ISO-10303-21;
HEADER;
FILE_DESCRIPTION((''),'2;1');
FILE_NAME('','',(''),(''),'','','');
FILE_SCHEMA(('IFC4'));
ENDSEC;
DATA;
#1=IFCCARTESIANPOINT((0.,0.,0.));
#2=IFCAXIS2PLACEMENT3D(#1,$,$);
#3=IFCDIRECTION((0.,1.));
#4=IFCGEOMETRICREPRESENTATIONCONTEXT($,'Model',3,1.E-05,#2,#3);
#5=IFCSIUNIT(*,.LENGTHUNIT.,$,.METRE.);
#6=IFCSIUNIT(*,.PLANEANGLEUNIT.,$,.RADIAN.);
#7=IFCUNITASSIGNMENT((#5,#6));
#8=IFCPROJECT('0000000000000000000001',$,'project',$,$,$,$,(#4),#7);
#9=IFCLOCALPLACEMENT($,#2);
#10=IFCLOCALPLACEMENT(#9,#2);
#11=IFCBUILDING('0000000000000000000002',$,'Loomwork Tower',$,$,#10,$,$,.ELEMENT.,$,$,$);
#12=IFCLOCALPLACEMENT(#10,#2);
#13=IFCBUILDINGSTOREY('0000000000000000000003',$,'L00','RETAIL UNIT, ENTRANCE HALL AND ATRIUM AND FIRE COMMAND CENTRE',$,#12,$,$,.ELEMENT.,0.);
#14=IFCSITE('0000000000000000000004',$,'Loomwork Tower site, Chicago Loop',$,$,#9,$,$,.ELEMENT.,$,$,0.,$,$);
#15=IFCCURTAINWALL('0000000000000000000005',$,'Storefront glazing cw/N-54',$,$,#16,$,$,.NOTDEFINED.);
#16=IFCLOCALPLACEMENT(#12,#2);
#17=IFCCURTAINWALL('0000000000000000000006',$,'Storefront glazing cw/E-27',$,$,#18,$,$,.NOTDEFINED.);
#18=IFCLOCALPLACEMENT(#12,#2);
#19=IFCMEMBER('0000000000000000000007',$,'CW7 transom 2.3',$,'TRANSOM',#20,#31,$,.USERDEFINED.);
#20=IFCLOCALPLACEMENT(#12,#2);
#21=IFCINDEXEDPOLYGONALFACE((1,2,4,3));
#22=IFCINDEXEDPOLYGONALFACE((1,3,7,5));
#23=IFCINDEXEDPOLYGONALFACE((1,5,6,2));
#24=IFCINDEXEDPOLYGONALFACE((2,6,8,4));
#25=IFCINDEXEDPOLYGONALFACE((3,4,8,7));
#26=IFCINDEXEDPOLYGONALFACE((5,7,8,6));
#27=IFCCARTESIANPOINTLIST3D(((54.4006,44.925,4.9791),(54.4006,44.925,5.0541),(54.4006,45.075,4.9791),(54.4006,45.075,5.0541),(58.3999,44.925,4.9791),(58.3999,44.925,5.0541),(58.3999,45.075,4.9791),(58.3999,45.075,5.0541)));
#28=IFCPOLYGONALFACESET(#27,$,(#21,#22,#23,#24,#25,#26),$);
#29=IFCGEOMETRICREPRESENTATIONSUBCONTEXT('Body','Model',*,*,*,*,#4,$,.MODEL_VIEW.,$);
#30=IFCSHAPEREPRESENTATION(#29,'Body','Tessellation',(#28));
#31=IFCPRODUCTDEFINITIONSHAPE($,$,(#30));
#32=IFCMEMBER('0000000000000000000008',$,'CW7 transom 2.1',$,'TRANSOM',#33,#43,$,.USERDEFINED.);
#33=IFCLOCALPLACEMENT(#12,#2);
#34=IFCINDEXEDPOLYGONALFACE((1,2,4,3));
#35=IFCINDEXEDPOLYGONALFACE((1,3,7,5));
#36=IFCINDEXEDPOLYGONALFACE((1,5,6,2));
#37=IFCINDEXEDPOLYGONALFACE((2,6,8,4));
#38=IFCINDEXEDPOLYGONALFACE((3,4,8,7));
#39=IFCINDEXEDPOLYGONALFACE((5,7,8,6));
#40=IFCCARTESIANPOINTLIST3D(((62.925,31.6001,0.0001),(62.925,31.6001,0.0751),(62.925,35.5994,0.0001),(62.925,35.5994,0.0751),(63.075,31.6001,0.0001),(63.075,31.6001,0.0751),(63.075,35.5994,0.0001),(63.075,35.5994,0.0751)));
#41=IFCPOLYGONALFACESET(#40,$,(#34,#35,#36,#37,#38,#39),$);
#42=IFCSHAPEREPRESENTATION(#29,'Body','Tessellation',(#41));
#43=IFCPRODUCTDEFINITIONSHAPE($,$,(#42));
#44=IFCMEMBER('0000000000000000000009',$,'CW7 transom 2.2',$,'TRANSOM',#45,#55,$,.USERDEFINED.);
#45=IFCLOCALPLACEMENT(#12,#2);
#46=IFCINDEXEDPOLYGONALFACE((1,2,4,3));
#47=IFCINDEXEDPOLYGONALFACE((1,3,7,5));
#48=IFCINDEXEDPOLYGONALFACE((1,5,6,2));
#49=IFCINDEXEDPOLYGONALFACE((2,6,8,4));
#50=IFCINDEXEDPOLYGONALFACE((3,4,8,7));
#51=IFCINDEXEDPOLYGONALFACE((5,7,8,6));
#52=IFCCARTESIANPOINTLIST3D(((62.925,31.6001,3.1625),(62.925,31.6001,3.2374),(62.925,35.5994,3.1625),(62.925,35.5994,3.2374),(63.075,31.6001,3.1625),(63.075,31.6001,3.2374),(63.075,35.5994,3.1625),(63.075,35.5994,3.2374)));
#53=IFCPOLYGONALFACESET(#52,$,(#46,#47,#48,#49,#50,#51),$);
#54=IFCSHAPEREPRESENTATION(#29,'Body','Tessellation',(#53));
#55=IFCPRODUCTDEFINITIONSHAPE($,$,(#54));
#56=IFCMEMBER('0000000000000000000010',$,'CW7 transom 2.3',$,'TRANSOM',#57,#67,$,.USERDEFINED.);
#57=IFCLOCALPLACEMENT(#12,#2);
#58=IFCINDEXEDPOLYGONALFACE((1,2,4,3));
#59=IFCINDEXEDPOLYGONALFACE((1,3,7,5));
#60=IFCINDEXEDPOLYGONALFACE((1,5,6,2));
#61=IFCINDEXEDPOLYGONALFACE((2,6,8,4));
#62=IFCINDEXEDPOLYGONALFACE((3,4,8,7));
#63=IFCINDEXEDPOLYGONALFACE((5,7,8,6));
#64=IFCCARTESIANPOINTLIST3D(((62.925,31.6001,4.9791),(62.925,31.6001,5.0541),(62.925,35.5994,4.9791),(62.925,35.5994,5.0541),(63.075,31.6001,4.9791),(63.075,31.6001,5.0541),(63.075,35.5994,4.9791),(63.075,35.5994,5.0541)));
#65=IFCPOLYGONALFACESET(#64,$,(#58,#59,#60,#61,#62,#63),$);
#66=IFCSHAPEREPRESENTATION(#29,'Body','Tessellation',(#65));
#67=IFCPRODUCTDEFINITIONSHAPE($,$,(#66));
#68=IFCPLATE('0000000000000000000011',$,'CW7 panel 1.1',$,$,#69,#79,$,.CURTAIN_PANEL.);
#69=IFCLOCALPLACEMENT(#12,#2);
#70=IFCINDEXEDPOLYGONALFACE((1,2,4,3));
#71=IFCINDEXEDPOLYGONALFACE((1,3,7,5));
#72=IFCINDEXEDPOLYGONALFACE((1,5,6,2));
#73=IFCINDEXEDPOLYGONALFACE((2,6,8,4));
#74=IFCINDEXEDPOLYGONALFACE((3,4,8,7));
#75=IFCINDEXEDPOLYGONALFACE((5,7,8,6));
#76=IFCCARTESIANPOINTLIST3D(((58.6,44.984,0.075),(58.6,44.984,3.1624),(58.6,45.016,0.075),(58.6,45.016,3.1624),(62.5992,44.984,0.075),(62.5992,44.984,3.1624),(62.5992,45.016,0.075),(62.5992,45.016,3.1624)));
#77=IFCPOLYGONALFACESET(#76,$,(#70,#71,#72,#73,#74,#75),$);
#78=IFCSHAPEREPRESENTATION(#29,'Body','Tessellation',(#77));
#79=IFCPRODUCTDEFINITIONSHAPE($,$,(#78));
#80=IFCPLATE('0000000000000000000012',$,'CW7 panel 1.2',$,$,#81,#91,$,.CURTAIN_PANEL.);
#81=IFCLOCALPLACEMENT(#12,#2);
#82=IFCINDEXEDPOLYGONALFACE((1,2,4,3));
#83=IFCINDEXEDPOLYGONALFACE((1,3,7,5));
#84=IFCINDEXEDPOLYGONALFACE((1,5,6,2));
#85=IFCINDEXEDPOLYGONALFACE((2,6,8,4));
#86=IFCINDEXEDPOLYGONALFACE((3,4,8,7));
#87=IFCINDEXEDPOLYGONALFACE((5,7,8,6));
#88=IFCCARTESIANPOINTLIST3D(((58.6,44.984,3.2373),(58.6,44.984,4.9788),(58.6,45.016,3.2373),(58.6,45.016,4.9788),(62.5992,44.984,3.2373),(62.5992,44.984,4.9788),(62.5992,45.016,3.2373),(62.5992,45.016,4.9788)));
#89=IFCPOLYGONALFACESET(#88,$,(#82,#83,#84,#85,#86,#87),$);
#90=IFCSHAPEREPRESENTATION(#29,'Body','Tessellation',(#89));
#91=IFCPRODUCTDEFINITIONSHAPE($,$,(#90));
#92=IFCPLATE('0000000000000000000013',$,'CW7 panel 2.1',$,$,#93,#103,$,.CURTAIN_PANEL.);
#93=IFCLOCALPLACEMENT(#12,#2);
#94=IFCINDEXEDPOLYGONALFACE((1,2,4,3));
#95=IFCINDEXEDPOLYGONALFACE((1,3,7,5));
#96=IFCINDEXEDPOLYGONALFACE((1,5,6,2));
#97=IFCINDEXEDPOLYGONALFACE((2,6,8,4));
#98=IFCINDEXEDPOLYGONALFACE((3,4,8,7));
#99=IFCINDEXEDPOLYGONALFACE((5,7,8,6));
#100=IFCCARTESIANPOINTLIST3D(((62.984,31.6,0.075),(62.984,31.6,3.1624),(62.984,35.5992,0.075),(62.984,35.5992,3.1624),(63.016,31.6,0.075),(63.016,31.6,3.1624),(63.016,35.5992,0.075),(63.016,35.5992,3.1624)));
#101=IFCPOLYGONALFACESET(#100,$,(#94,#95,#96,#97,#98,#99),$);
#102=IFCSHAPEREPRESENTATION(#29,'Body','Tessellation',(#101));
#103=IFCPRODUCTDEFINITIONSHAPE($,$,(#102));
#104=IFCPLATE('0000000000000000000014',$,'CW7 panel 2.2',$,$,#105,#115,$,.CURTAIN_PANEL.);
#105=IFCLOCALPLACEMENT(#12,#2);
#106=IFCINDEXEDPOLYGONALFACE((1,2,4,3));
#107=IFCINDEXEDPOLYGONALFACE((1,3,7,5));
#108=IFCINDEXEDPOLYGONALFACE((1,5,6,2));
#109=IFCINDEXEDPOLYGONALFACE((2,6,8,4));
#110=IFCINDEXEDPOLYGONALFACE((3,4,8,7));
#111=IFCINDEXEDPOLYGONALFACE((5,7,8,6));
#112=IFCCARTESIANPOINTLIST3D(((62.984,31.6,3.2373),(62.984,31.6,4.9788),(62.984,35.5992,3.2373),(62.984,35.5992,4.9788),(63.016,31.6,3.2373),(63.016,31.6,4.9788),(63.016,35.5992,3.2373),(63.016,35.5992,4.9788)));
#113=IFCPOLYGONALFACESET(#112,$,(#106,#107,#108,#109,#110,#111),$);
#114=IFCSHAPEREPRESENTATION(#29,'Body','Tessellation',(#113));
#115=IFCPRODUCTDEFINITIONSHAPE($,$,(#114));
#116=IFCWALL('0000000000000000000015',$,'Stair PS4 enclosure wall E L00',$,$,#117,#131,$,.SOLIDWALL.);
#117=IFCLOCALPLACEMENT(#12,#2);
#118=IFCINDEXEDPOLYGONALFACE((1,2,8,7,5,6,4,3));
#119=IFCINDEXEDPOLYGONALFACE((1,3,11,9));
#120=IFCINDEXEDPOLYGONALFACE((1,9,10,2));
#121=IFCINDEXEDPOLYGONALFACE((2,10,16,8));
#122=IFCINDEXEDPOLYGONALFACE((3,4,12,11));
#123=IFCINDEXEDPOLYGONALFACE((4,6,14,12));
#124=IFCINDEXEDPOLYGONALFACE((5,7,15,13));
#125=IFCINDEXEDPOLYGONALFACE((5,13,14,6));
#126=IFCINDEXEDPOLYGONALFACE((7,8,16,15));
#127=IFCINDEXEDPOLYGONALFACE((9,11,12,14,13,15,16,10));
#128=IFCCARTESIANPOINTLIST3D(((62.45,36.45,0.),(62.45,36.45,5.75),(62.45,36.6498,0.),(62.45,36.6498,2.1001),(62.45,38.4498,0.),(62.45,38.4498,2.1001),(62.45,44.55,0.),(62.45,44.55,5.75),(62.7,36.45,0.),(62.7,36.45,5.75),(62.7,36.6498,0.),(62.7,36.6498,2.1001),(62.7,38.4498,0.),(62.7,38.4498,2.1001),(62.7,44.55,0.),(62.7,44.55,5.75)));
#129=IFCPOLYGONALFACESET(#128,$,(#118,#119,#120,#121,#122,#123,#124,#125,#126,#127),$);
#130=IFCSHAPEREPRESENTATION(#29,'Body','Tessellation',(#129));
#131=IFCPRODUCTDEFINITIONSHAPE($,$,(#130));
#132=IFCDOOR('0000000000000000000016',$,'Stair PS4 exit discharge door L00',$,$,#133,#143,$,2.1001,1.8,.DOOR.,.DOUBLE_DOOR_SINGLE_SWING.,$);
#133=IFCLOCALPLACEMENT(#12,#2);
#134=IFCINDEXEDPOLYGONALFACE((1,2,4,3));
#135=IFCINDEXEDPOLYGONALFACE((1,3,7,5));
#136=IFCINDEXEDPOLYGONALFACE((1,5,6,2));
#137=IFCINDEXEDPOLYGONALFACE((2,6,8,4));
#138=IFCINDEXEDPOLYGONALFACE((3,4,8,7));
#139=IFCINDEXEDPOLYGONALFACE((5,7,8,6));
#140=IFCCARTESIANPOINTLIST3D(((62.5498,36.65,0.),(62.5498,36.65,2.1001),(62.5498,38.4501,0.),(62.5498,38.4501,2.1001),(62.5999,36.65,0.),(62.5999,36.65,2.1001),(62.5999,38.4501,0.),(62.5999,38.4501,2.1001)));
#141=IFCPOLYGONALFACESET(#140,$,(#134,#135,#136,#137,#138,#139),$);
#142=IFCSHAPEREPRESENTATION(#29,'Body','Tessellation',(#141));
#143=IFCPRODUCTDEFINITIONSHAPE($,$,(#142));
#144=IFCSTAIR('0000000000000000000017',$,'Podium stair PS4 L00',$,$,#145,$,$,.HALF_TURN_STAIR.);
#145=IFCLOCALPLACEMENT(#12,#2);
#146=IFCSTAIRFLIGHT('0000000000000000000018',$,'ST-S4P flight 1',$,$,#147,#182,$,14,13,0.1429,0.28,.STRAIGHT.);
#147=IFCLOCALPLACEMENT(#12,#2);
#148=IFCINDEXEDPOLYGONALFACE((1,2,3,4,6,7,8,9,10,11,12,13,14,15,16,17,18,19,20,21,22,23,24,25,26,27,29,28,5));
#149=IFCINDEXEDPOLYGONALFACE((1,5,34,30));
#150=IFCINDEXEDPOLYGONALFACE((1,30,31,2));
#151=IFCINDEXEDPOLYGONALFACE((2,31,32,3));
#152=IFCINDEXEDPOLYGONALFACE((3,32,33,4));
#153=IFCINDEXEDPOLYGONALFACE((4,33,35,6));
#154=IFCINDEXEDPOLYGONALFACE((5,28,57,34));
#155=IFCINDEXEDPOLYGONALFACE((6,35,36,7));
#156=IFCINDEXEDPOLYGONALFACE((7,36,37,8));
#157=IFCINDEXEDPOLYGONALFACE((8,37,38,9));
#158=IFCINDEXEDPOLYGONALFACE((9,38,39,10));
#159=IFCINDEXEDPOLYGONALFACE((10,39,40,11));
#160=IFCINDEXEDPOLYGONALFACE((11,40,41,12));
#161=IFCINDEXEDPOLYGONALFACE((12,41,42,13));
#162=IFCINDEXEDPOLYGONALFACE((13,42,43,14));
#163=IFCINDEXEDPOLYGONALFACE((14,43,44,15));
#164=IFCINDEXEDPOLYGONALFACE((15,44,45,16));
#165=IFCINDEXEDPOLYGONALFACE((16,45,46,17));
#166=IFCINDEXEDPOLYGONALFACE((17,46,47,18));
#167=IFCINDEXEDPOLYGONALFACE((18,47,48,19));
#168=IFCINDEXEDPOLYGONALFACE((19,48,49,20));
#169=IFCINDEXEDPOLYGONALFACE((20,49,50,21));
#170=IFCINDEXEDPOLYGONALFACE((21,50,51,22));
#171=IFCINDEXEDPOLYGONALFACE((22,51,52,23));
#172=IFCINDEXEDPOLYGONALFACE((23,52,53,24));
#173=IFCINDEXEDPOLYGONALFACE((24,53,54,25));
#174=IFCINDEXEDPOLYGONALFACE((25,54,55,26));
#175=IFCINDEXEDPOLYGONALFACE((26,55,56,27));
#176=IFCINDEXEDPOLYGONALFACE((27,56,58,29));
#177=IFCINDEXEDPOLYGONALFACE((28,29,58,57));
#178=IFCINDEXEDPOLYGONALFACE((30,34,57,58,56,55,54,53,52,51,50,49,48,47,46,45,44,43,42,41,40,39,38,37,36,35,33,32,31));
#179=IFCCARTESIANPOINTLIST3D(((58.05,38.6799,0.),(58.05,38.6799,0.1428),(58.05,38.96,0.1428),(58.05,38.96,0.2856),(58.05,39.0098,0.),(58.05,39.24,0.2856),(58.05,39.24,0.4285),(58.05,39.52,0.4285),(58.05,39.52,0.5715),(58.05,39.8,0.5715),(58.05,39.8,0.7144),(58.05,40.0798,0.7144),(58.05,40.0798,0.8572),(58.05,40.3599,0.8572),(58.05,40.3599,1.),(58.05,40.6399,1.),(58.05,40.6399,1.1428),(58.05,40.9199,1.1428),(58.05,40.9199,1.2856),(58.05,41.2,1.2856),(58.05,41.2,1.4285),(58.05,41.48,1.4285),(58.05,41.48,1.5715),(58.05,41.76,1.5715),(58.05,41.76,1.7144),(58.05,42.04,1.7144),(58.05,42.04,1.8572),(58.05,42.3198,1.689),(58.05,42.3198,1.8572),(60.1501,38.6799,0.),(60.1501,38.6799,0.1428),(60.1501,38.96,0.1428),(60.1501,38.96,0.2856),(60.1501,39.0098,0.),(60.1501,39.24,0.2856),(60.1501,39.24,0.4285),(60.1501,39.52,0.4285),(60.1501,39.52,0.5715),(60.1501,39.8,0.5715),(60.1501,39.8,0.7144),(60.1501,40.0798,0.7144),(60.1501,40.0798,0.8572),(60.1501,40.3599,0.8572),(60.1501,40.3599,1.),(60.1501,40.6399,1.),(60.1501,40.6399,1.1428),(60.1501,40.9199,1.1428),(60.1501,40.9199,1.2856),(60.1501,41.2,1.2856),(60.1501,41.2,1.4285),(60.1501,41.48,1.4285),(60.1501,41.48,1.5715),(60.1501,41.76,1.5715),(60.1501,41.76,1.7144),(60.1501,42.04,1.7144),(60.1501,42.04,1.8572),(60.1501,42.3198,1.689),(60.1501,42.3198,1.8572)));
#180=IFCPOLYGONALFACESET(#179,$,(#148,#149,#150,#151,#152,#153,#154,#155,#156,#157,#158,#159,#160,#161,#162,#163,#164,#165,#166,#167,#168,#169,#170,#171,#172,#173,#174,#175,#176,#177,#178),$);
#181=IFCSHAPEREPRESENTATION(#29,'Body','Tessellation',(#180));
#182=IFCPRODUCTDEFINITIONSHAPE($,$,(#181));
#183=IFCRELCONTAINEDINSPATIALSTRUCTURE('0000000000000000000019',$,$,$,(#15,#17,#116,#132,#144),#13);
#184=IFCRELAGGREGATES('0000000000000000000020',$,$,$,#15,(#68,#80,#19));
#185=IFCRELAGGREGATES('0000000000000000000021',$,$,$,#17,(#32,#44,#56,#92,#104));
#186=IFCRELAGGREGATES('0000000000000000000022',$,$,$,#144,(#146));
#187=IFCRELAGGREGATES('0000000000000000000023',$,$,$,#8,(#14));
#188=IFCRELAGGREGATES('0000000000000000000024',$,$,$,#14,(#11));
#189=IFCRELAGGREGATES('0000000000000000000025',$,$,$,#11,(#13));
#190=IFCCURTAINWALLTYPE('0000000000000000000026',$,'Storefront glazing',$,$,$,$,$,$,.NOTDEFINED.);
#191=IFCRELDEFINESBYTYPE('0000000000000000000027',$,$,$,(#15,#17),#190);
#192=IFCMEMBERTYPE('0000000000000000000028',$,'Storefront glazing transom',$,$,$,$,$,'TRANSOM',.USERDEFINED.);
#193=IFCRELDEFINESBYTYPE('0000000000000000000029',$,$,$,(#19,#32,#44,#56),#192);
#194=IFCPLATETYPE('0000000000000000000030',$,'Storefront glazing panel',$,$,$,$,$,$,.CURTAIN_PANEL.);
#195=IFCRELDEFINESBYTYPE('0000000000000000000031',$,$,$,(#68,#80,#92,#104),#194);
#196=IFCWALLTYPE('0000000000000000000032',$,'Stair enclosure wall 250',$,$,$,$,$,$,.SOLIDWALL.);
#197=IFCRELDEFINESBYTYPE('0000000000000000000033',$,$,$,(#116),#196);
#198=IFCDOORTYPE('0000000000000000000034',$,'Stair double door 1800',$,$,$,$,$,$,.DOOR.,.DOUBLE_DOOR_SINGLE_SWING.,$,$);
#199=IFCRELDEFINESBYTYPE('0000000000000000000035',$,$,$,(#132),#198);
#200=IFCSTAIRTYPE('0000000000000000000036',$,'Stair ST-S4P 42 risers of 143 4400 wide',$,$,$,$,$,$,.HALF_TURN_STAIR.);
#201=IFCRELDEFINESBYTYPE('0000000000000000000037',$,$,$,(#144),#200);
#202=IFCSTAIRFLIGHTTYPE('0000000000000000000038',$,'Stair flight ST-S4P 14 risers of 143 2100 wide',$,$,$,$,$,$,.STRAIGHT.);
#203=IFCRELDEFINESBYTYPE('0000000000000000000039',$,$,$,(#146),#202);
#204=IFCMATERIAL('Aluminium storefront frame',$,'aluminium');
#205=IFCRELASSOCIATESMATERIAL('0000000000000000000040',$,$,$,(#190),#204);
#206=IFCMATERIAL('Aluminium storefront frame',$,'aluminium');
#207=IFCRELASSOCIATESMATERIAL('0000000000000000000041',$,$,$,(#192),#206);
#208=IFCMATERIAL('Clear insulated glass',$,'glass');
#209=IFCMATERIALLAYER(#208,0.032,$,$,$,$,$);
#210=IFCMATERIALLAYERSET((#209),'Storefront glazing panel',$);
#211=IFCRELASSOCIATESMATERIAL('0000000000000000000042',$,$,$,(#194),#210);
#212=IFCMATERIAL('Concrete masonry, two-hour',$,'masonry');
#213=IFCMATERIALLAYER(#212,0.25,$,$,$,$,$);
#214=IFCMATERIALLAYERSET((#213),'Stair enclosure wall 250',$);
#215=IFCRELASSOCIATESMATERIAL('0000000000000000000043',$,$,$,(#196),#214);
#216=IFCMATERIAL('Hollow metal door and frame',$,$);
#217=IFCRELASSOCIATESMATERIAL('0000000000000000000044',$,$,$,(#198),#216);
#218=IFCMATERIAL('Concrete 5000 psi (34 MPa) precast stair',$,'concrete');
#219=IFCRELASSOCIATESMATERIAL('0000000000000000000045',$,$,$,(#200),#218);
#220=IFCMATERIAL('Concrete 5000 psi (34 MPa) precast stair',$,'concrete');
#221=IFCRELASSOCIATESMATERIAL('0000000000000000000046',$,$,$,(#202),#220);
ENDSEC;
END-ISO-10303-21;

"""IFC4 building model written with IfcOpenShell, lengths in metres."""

from ifc_helpers import new_model, si_unit, direction, frame, frame_2d, origin, origin_2d, place, context, subcontext, project, spatial, polyline, rectangle, outline, extrude, material, layer, layer_set, material_profile, profile_set, type_object, element, fill, aggregate, save


model = new_model("IFC4")

# Units and contexts
model_context = context("Model", 3, precision=1e-05, world=origin(), true_north=direction((0.0, 1.0)))
body_context = subcontext(model_context, "Body", "Model", "MODEL_VIEW")
ifc_project = project(units=[si_unit("LENGTHUNIT", "METRE"), si_unit("PLANEANGLEUNIT", "RADIAN")], contexts=[model_context])

# Site, building, storey
site_placement = place(None, origin())
site = spatial("IfcSite", under=ifc_project, at=site_placement, Name="Loomwork Tower site, Chicago Loop", CompositionType="ELEMENT", RefElevation=0.0)
building_placement = place(site_placement, origin())
building = spatial("IfcBuilding", under=site, at=building_placement, Name="Loomwork Tower", CompositionType="ELEMENT")
storey_placement = place(building_placement, origin())
storey = spatial("IfcBuildingStorey", under=building, at=storey_placement, Name="L00", Description="RETAIL UNIT, ENTRANCE HALL AND ATRIUM AND FIRE COMMAND CENTRE", CompositionType="ELEMENT", Elevation=0.0)

# Curtain walls
ifc_material_1 = material(Name="Aluminium storefront frame", Category="aluminium")
curtain_wall_type = type_object("IfcCurtainWallType", Name="Storefront glazing", PredefinedType="NOTDEFINED", material=ifc_material_1)
curtain_wall_1_placement = place(storey_placement, origin())
curtain_wall_1 = element("IfcCurtainWall", 1, at=curtain_wall_1_placement, inside=storey, type_object=curtain_wall_type, Name="Storefront glazing cw/N-54", PredefinedType="NOTDEFINED")
curtain_wall_2_placement = place(storey_placement, origin())
curtain_wall_2 = element("IfcCurtainWall", 2, at=curtain_wall_2_placement, inside=storey, type_object=curtain_wall_type, Name="Storefront glazing cw/E-27", PredefinedType="NOTDEFINED")

# Members
ifc_material_2 = material(Name="Aluminium storefront frame", Category="aluminium")
ifc_material_profile_1 = material_profile(ifc_material_2, rectangle(XDim=0.1499, YDim=0.075, at=origin_2d()), Name="AL 75x150")
ifc_profile_set_1 = profile_set([ifc_material_profile_1], Name="Aluminium storefront frame")
member_type_1 = type_object("IfcMemberType", Name="Storefront glazing transom", ElementType="TRANSOM", PredefinedType="USERDEFINED", material=ifc_profile_set_1)
member_1_placement = place(storey_placement, frame((58.3999, 45.0, 5.0166), z_axis=(-1.0, 0.0, 0.0), x_axis=(0.0, -1.0, 0.0)))
member_1 = element("IfcMember", 3, at=member_1_placement, type_object=member_type_1, Name="CW7 transom 2.3", ObjectType="TRANSOM", PredefinedType="USERDEFINED", context=body_context, shape_type="SweptSolid", body=[
    extrude(rectangle(XDim=0.1499, YDim=0.075, at=origin_2d()), origin(), (0.0, 0.0, 1.0), 3.9993),
])
member_2_placement = place(storey_placement, frame((63.0, 31.6001, 0.0376), z_axis=(0.0, 1.0, 0.0), x_axis=(-1.0, 0.0, 0.0)))
member_2 = element("IfcMember", 4, at=member_2_placement, type_object=member_type_1, Name="CW7 transom 2.1", ObjectType="TRANSOM", PredefinedType="USERDEFINED", context=body_context, shape_type="SweptSolid", body=[
    extrude(rectangle(XDim=0.1499, YDim=0.075, at=origin_2d()), origin(), (0.0, 0.0, 1.0), 3.9993),
])
member_3_placement = place(storey_placement, frame((63.0, 31.6001, 3.2), z_axis=(0.0, 1.0, 0.0), x_axis=(-1.0, 0.0, 0.0)))
member_3 = element("IfcMember", 5, at=member_3_placement, type_object=member_type_1, Name="CW7 transom 2.2", ObjectType="TRANSOM", PredefinedType="USERDEFINED", context=body_context, shape_type="SweptSolid", body=[
    extrude(rectangle(XDim=0.1499, YDim=0.075, at=origin_2d()), origin(), (0.0, 0.0, 1.0), 3.9993),
])
member_4_placement = place(storey_placement, frame((63.0, 31.6001, 5.0166), z_axis=(0.0, 1.0, 0.0), x_axis=(-1.0, 0.0, 0.0)))
member_4 = element("IfcMember", 6, at=member_4_placement, type_object=member_type_1, Name="CW7 transom 2.3", ObjectType="TRANSOM", PredefinedType="USERDEFINED", context=body_context, shape_type="SweptSolid", body=[
    extrude(rectangle(XDim=0.1499, YDim=0.075, at=origin_2d()), origin(), (0.0, 0.0, 1.0), 3.9993),
])

# Plates
ifc_material_3 = material(Name="Clear insulated glass", Category="glass")
ifc_layer_1 = layer(ifc_material_3, 0.032)
ifc_layer_set_1 = layer_set([ifc_layer_1], Name="Storefront glazing panel")
plate_type = type_object("IfcPlateType", Name="Storefront glazing panel", PredefinedType="CURTAIN_PANEL", material=ifc_layer_set_1)
plate_1_placement = place(storey_placement, frame((60.5996, 45.0, 0.075), z_axis=(0.0, 0.0, 1.0), x_axis=(-1.0, 0.0, 0.0)))
plate_1 = element("IfcPlate", 7, at=plate_1_placement, type_object=plate_type, Name="CW7 panel 1.1", PredefinedType="CURTAIN_PANEL", context=body_context, shape_type="SweptSolid", body=[
    extrude(rectangle(XDim=3.9993, YDim=0.032, at=origin_2d()), origin(), (0.0, 0.0, 1.0), 3.0874),
])
plate_2_placement = place(storey_placement, frame((60.5996, 45.0, 3.2373), z_axis=(0.0, 0.0, 1.0), x_axis=(-1.0, 0.0, 0.0)))
plate_2 = element("IfcPlate", 8, at=plate_2_placement, type_object=plate_type, Name="CW7 panel 1.2", PredefinedType="CURTAIN_PANEL", context=body_context, shape_type="SweptSolid", body=[
    extrude(rectangle(XDim=3.9993, YDim=0.032, at=origin_2d()), origin(), (0.0, 0.0, 1.0), 1.7415),
])
aggregate(curtain_wall_1, [plate_1, plate_2, member_1])
plate_3_placement = place(storey_placement, frame((63.0, 33.5996, 0.075), z_axis=(0.0, 0.0, 1.0), x_axis=(0.0, 1.0, 0.0)))
plate_3 = element("IfcPlate", 9, at=plate_3_placement, type_object=plate_type, Name="CW7 panel 2.1", PredefinedType="CURTAIN_PANEL", context=body_context, shape_type="SweptSolid", body=[
    extrude(rectangle(XDim=3.9993, YDim=0.032, at=origin_2d()), origin(), (0.0, 0.0, 1.0), 3.0874),
])
plate_4_placement = place(storey_placement, frame((63.0, 33.5996, 3.2373), z_axis=(0.0, 0.0, 1.0), x_axis=(0.0, 1.0, 0.0)))
plate_4 = element("IfcPlate", 10, at=plate_4_placement, type_object=plate_type, Name="CW7 panel 2.2", PredefinedType="CURTAIN_PANEL", context=body_context, shape_type="SweptSolid", body=[
    extrude(rectangle(XDim=3.9993, YDim=0.032, at=origin_2d()), origin(), (0.0, 0.0, 1.0), 1.7415),
])
aggregate(curtain_wall_2, [member_2, member_3, member_4, plate_3, plate_4])

# Wall, opening, door
ifc_material_4 = material(Name="Concrete masonry, two-hour", Category="masonry")
ifc_layer_2 = layer(ifc_material_4, 0.25)
ifc_layer_set_2 = layer_set([ifc_layer_2], Name="Stair enclosure wall 250")
wall_type = type_object("IfcWallType", Name="Stair enclosure wall 250", PredefinedType="SOLIDWALL", material=ifc_layer_set_2)
wall_placement = place(storey_placement, frame((62.575, 36.45, 0.0), z_axis=(0.0, 0.0, 1.0), x_axis=(0.0, 1.0, 0.0)))
wall = element("IfcWall", 11, at=wall_placement, inside=storey, type_object=wall_type, Name="Stair PS4 enclosure wall E L00", PredefinedType="SOLIDWALL", context=body_context, shape_type="SweptSolid", body=[
    extrude(rectangle(XDim=8.1001, YDim=0.25, at=frame_2d((4.05, 0.0))), origin(), (0.0, 0.0, 1.0), 5.75),
])
opening_placement = place(wall_placement, frame((0.2, 0.0, 0.0)))
opening = element("IfcOpeningElement", 12, at=opening_placement, cuts=wall, PredefinedType="OPENING", context=body_context, shape_type="SweptSolid", body=[
    extrude(rectangle(XDim=1.8, YDim=2.1001, at=frame_2d((0.8999, 1.05))), frame((0.0, 0.135, 0.0), z_axis=(0.0, -1.0, 0.0), x_axis=(1.0, 0.0, 0.0)), (0.0, 0.0, 1.0), 0.27),
])
ifc_material_5 = material(Name="Hollow metal door and frame")
door_type = type_object("IfcDoorType", Name="Stair double door 1800", OperationType="DOUBLE_DOOR_SINGLE_SWING", PredefinedType="DOOR", material=ifc_material_5)
door_placement = place(opening_placement, frame((1.8, 0.0, 0.0), z_axis=(0.0, 0.0, 1.0), x_axis=(-1.0, 0.0, 0.0)))
door = element("IfcDoor", 13, at=door_placement, inside=storey, type_object=door_type, Name="Stair PS4 exit discharge door L00", OperationType="DOUBLE_DOOR_SINGLE_SWING", OverallHeight=2.1001, OverallWidth=1.8, PredefinedType="DOOR", context=body_context, shape_type="SweptSolid", body=[
    extrude(rectangle(XDim=1.8, YDim=2.1001, at=frame_2d((0.8999, 1.05))), frame((0.0, 0.0249, 0.0), z_axis=(0.0, -1.0, 0.0), x_axis=(1.0, 0.0, 0.0)), (0.0, 0.0, 1.0), 0.05),
])
fill(opening, door)

# Stair, stair flight
ifc_material_6 = material(Name="Concrete 5000 psi (34 MPa) precast stair", Category="concrete")
stair_type = type_object("IfcStairType", Name="Stair ST-S4P 42 risers of 143 4400 wide", PredefinedType="HALF_TURN_STAIR", material=ifc_material_6)
stair_placement = place(storey_placement, origin())
stair = element("IfcStair", 14, at=stair_placement, inside=storey, type_object=stair_type, Name="Podium stair PS4 L00", PredefinedType="HALF_TURN_STAIR")
ifc_material_7 = material(Name="Concrete 5000 psi (34 MPa) precast stair", Category="concrete")
stair_flight_type = type_object("IfcStairFlightType", Name="Stair flight ST-S4P 14 risers of 143 2100 wide", PredefinedType="STRAIGHT", material=ifc_material_7)
stair_flight_1_placement = place(storey_placement, frame((59.1001, 38.6799, 0.0), z_axis=(0.0, 0.0, 1.0), x_axis=(0.0, 1.0, 0.0)))
stair_flight_1 = element("IfcStairFlight", 15, at=stair_flight_1_placement, type_object=stair_flight_type, Name="ST-S4P flight 1", NumberOfRisers=14, NumberOfTreads=13, PredefinedType="STRAIGHT", RiserHeight=0.1429, TreadLength=0.28, context=body_context, shape_type="SweptSolid", body=[
    extrude(outline(polyline([(0.0, 0.0), (0.0, 0.1428), (0.28, 0.1428), (0.28, 0.2856), (0.5601, 0.2856), (0.5601, 0.4285), (0.8401, 0.4285), (0.8401, 0.5715), (1.1201, 0.5715), (1.1201, 0.7144), (1.3999, 0.7144), (1.3999, 0.8572), (1.6799, 0.8572), (1.6799, 1.0), (1.96, 1.0), (1.96, 1.1428), (2.24, 1.1428), (2.24, 1.2856), (2.52, 1.2856), (2.52, 1.4285), (2.8, 1.4285), (2.8, 1.5715), (3.0801, 1.5715), (3.0801, 1.7144), (3.3601, 1.7144), (3.3601, 1.8572), (3.6399, 1.8572), (3.6399, 2.0), (3.6399, 1.689), (0.3298, 0.0), (0.0, 0.0)])), frame((0.0, 1.05, 0.0), z_axis=(0.0, -1.0, 0.0), x_axis=(1.0, 0.0, 0.0)), (0.0, 0.0, 1.0), 2.1001),
])
aggregate(stair, [stair_flight_1])

save(model, "model.ifc")
